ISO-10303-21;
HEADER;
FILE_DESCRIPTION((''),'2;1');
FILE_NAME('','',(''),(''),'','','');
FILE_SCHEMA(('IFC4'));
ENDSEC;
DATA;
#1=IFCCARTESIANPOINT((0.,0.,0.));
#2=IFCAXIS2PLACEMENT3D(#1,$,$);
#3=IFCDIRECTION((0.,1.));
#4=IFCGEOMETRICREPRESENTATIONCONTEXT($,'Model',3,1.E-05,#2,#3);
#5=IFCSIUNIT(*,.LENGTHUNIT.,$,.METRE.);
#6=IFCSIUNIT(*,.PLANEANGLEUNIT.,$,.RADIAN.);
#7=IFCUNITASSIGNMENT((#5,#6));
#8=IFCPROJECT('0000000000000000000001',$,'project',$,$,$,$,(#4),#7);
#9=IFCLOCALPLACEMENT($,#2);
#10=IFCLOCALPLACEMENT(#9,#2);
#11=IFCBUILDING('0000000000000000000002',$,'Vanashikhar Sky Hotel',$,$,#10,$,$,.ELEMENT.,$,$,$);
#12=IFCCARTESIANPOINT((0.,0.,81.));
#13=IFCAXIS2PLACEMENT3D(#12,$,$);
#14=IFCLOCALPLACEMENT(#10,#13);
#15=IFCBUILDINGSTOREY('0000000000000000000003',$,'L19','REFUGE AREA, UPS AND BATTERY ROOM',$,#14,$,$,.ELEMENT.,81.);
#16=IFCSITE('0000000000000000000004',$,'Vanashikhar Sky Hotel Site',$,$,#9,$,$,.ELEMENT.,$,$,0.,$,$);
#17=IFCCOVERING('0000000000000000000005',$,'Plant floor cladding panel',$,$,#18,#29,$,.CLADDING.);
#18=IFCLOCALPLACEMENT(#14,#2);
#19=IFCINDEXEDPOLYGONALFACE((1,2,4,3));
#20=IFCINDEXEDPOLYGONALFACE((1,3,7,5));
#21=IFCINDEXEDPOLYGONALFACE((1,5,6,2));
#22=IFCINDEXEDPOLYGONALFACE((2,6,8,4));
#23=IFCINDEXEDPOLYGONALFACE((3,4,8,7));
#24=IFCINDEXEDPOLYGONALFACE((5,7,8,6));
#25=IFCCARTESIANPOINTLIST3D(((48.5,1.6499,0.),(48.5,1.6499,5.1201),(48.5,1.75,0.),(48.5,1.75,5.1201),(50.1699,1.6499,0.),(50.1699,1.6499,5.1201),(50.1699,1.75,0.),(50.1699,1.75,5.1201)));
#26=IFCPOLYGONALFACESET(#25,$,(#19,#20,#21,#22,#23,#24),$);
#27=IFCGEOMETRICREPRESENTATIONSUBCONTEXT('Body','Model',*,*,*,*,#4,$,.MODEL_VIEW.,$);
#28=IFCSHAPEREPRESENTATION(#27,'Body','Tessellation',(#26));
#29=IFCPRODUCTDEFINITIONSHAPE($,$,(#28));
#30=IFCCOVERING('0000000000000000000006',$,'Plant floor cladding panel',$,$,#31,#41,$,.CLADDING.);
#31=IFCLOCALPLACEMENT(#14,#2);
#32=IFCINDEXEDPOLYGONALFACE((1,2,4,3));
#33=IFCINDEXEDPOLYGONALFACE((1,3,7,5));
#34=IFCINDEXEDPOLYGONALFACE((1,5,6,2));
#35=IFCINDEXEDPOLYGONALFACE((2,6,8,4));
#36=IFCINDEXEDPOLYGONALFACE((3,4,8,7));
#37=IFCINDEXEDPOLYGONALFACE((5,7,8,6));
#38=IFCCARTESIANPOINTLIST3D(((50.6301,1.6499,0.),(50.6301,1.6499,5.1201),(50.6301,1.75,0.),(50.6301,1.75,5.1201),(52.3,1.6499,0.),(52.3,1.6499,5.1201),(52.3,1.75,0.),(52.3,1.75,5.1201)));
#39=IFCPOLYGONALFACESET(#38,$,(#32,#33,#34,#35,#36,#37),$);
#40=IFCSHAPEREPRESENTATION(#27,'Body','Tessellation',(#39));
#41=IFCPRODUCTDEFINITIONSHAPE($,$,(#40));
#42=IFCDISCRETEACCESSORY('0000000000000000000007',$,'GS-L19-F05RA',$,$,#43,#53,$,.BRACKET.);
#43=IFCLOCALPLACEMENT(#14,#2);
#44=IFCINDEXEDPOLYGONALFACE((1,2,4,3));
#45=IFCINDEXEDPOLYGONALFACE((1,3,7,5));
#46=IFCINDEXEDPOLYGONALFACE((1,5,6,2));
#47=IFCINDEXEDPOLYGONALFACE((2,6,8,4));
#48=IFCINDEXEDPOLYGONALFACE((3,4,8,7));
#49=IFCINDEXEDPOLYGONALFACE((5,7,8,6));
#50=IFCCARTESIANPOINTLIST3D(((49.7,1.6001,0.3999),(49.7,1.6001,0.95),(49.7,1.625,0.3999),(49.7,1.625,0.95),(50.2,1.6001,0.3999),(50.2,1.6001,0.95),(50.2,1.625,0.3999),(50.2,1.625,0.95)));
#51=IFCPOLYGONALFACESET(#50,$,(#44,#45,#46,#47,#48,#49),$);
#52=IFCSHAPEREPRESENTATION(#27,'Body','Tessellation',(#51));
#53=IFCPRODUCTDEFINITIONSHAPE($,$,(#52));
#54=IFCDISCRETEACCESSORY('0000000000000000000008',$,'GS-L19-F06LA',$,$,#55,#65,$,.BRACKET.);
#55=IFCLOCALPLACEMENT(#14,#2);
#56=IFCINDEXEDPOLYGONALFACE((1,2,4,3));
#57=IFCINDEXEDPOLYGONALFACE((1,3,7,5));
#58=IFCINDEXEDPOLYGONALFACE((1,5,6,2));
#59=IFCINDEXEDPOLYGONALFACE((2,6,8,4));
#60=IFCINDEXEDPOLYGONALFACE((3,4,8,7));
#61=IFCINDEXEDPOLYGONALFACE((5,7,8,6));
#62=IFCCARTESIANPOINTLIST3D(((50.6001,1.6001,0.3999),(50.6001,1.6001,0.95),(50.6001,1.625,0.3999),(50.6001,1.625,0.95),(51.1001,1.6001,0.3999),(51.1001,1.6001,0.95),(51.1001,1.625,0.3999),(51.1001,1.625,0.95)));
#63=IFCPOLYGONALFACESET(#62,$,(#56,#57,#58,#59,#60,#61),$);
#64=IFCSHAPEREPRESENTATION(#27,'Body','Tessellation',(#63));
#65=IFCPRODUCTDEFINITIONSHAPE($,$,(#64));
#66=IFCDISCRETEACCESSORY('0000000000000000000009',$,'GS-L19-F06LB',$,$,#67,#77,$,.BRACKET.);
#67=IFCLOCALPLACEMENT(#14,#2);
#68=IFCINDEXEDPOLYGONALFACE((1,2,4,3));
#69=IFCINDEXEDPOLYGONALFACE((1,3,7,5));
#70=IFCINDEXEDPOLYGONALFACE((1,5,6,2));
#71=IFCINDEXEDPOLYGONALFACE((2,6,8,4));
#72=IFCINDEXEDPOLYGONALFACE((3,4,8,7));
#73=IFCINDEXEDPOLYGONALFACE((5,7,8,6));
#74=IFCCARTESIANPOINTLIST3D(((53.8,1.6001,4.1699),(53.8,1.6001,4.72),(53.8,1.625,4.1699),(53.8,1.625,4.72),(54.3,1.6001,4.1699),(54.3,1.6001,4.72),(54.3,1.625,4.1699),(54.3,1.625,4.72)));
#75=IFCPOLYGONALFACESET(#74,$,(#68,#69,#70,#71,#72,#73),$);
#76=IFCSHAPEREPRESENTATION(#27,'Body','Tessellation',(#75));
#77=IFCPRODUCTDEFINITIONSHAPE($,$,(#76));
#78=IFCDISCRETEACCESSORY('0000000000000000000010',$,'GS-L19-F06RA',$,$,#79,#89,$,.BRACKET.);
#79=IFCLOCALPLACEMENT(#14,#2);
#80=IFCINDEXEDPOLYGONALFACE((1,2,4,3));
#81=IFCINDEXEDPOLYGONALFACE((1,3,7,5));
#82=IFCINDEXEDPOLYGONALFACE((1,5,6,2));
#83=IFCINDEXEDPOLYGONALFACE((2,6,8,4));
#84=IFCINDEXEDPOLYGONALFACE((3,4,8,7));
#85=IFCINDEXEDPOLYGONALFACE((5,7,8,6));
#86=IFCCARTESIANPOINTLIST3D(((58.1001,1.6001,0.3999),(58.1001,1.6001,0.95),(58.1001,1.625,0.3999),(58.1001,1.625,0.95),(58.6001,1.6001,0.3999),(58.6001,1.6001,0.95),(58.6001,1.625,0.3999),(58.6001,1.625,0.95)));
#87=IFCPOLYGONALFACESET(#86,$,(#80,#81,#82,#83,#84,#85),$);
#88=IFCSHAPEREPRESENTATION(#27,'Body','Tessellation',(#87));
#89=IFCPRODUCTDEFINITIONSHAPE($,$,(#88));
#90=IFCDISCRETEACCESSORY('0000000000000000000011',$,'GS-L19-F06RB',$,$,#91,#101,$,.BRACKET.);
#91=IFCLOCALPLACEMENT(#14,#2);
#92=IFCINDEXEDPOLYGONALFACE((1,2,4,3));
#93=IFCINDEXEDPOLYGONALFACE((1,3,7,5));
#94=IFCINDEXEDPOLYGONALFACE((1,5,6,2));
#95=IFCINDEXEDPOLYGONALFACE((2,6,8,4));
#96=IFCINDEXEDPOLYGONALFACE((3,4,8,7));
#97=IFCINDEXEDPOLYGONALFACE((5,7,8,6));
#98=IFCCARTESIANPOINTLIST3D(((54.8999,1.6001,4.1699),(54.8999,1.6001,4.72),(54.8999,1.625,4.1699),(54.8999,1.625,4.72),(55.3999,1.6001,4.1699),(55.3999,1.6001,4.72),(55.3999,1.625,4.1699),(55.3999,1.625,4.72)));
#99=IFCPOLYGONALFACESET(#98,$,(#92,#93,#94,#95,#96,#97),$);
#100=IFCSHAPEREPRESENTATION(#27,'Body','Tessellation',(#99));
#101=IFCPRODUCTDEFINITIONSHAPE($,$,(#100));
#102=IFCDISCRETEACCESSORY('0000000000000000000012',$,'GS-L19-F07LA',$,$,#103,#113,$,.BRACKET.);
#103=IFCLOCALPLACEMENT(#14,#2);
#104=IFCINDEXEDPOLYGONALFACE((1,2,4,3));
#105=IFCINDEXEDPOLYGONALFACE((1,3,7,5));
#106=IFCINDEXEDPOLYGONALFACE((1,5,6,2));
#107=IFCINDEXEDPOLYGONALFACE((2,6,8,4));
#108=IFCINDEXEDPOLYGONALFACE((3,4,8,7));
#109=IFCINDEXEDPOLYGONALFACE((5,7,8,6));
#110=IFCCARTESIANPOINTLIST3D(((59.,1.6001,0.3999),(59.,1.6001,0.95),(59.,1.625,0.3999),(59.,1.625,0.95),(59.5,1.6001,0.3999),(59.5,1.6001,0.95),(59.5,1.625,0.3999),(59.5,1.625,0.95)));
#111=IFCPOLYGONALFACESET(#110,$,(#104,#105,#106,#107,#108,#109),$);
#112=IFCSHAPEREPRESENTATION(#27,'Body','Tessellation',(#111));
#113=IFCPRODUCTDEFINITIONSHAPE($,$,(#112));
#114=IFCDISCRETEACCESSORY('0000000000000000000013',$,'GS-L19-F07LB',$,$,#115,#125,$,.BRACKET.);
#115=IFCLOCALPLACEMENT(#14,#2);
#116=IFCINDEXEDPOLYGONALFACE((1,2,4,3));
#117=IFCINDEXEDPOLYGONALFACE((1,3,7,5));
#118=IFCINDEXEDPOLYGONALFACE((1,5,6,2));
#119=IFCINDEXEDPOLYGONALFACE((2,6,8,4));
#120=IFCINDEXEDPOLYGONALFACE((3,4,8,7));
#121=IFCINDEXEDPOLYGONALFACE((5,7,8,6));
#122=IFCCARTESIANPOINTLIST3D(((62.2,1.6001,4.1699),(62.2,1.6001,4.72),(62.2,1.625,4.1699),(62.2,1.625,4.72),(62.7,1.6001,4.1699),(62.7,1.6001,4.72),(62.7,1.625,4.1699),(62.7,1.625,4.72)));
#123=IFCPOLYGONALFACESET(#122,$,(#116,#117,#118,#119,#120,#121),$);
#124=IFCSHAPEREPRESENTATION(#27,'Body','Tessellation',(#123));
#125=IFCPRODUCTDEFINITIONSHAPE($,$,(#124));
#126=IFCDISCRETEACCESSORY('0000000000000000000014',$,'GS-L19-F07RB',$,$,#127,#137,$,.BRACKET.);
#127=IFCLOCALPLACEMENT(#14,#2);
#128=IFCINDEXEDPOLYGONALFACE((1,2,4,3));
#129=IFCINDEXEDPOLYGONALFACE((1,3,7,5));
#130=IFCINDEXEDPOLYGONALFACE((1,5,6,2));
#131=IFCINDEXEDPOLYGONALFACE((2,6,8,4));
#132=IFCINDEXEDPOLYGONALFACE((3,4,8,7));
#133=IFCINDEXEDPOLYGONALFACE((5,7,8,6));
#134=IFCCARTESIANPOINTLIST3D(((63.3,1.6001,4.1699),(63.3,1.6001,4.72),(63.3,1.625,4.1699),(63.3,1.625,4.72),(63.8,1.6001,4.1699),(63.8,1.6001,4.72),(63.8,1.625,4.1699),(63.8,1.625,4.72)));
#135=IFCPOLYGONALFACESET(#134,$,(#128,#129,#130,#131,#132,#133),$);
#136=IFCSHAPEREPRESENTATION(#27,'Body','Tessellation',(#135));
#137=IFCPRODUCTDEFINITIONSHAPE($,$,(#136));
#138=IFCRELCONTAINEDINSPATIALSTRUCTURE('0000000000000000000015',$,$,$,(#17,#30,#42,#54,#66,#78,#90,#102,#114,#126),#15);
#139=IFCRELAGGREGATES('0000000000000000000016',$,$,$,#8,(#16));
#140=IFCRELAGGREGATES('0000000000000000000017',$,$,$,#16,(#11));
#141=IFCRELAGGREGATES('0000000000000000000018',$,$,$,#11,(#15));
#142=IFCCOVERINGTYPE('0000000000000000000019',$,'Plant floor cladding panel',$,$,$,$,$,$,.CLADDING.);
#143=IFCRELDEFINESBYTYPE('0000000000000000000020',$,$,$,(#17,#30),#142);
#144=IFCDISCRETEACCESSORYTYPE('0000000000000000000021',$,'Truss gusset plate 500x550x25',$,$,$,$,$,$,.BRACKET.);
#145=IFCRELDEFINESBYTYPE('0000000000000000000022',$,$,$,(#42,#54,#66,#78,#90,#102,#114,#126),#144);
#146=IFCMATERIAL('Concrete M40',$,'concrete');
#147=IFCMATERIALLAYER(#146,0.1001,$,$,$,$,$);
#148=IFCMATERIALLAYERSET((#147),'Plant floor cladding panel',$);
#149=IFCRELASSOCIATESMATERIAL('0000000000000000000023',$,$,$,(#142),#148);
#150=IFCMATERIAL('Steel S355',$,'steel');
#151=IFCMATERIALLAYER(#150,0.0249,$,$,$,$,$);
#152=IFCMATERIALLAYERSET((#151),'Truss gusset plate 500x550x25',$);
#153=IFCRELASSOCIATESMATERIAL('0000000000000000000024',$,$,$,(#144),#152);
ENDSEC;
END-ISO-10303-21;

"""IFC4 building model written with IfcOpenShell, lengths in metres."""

from ifc_helpers import new_model, si_unit, direction, frame, origin, origin_2d, place, context, subcontext, project, spatial, rectangle, extrude, source, transform, mapped, material, layer, layer_set, type_object, element, save


model = new_model("IFC4")

# Units and contexts
model_context = context("Model", 3, precision=1e-05, world=origin(), true_north=direction((0.0, 1.0)))
body_context = subcontext(model_context, "Body", "Model", "MODEL_VIEW")
ifc_project = project(units=[si_unit("LENGTHUNIT", "METRE"), si_unit("PLANEANGLEUNIT", "RADIAN")], contexts=[model_context])

# Site, building, storey
site_placement = place(None, origin())
site = spatial("IfcSite", under=ifc_project, at=site_placement, Name="Vanashikhar Sky Hotel Site", CompositionType="ELEMENT", RefElevation=0.0)
building_placement = place(site_placement, origin())
building = spatial("IfcBuilding", under=site, at=building_placement, Name="Vanashikhar Sky Hotel", CompositionType="ELEMENT")
storey_placement = place(building_placement, frame((0.0, 0.0, 81.0)))
storey = spatial("IfcBuildingStorey", under=building, at=storey_placement, Name="L19", Description="REFUGE AREA, UPS AND BATTERY ROOM", CompositionType="ELEMENT", Elevation=81.0)

# Coverings
ifc_material_1 = material(Name="Concrete M40", Category="concrete")
ifc_layer_1 = layer(ifc_material_1, 0.1001)
ifc_layer_set_1 = layer_set([ifc_layer_1], Name="Plant floor cladding panel")
covering_type = type_object("IfcCoveringType", Name="Plant floor cladding panel", PredefinedType="CLADDING", material=ifc_layer_set_1)
shared_shape_1 = source(origin(), body_context, "Body", "SweptSolid", [
    extrude(rectangle(XDim=1.6699, YDim=0.1001, at=origin_2d()), origin(), (0.0, 0.0, 1.0), 5.1201),
])
for number, where, z_axis, x_axis, name in (
    (1, (49.335, 1.7, 0.0), (0.0, 0.0, 1.0), (1.0, 0.0, 0.0), "Plant floor cladding panel"),
    (2, (51.4651, 1.7, 0.0), (0.0, 0.0, 1.0), (1.0, 0.0, 0.0), "Plant floor cladding panel"),
):
    element("IfcCovering", number, at=place(storey_placement, frame(where, z_axis=z_axis, x_axis=x_axis)), inside=storey, type_object=covering_type, Name=name, PredefinedType="CLADDING", context=body_context, shape_type="MappedRepresentation", body=[
        mapped(shared_shape_1, transform((0.0, 0.0, 0.0), scale=1.0)),
    ])

# Discrete accessories
ifc_material_2 = material(Name="Steel S355", Category="steel")
ifc_layer_2 = layer(ifc_material_2, 0.0249)
ifc_layer_set_2 = layer_set([ifc_layer_2], Name="Truss gusset plate 500x550x25")
discrete_accessory_type = type_object("IfcDiscreteAccessoryType", Name="Truss gusset plate 500x550x25", PredefinedType="BRACKET", material=ifc_layer_set_2)
shared_shape_2 = source(origin(), body_context, "Body", "SweptSolid", [
    extrude(rectangle(XDim=0.5, YDim=0.0249, at=origin_2d()), origin(), (0.0, 0.0, 1.0), 0.55),
])
for number, where, z_axis, x_axis, name in (
    (3, (49.95, 1.6125, 0.3999), (0.0, 0.0, 1.0), (1.0, 0.0, 0.0), "GS-L19-F05RA"),
    (4, (50.8501, 1.6125, 0.3999), (0.0, 0.0, 1.0), (1.0, 0.0, 0.0), "GS-L19-F06LA"),
    (5, (54.05, 1.6125, 4.1699), (0.0, 0.0, 1.0), (1.0, 0.0, 0.0), "GS-L19-F06LB"),
    (6, (58.3501, 1.6125, 0.3999), (0.0, 0.0, 1.0), (1.0, 0.0, 0.0), "GS-L19-F06RA"),
    (7, (55.1499, 1.6125, 4.1699), (0.0, 0.0, 1.0), (1.0, 0.0, 0.0), "GS-L19-F06RB"),
    (8, (59.25, 1.6125, 0.3999), (0.0, 0.0, 1.0), (1.0, 0.0, 0.0), "GS-L19-F07LA"),
    (9, (62.45, 1.6125, 4.1699), (0.0, 0.0, 1.0), (1.0, 0.0, 0.0), "GS-L19-F07LB"),
    (10, (63.55, 1.6125, 4.1699), (0.0, 0.0, 1.0), (1.0, 0.0, 0.0), "GS-L19-F07RB"),
):
    element("IfcDiscreteAccessory", number, at=place(storey_placement, frame(where, z_axis=z_axis, x_axis=x_axis)), inside=storey, type_object=discrete_accessory_type, Name=name, PredefinedType="BRACKET", context=body_context, shape_type="MappedRepresentation", body=[
        mapped(shared_shape_2, transform((0.0, 0.0, 0.0), scale=1.0)),
    ])

save(model, "model.ifc")
